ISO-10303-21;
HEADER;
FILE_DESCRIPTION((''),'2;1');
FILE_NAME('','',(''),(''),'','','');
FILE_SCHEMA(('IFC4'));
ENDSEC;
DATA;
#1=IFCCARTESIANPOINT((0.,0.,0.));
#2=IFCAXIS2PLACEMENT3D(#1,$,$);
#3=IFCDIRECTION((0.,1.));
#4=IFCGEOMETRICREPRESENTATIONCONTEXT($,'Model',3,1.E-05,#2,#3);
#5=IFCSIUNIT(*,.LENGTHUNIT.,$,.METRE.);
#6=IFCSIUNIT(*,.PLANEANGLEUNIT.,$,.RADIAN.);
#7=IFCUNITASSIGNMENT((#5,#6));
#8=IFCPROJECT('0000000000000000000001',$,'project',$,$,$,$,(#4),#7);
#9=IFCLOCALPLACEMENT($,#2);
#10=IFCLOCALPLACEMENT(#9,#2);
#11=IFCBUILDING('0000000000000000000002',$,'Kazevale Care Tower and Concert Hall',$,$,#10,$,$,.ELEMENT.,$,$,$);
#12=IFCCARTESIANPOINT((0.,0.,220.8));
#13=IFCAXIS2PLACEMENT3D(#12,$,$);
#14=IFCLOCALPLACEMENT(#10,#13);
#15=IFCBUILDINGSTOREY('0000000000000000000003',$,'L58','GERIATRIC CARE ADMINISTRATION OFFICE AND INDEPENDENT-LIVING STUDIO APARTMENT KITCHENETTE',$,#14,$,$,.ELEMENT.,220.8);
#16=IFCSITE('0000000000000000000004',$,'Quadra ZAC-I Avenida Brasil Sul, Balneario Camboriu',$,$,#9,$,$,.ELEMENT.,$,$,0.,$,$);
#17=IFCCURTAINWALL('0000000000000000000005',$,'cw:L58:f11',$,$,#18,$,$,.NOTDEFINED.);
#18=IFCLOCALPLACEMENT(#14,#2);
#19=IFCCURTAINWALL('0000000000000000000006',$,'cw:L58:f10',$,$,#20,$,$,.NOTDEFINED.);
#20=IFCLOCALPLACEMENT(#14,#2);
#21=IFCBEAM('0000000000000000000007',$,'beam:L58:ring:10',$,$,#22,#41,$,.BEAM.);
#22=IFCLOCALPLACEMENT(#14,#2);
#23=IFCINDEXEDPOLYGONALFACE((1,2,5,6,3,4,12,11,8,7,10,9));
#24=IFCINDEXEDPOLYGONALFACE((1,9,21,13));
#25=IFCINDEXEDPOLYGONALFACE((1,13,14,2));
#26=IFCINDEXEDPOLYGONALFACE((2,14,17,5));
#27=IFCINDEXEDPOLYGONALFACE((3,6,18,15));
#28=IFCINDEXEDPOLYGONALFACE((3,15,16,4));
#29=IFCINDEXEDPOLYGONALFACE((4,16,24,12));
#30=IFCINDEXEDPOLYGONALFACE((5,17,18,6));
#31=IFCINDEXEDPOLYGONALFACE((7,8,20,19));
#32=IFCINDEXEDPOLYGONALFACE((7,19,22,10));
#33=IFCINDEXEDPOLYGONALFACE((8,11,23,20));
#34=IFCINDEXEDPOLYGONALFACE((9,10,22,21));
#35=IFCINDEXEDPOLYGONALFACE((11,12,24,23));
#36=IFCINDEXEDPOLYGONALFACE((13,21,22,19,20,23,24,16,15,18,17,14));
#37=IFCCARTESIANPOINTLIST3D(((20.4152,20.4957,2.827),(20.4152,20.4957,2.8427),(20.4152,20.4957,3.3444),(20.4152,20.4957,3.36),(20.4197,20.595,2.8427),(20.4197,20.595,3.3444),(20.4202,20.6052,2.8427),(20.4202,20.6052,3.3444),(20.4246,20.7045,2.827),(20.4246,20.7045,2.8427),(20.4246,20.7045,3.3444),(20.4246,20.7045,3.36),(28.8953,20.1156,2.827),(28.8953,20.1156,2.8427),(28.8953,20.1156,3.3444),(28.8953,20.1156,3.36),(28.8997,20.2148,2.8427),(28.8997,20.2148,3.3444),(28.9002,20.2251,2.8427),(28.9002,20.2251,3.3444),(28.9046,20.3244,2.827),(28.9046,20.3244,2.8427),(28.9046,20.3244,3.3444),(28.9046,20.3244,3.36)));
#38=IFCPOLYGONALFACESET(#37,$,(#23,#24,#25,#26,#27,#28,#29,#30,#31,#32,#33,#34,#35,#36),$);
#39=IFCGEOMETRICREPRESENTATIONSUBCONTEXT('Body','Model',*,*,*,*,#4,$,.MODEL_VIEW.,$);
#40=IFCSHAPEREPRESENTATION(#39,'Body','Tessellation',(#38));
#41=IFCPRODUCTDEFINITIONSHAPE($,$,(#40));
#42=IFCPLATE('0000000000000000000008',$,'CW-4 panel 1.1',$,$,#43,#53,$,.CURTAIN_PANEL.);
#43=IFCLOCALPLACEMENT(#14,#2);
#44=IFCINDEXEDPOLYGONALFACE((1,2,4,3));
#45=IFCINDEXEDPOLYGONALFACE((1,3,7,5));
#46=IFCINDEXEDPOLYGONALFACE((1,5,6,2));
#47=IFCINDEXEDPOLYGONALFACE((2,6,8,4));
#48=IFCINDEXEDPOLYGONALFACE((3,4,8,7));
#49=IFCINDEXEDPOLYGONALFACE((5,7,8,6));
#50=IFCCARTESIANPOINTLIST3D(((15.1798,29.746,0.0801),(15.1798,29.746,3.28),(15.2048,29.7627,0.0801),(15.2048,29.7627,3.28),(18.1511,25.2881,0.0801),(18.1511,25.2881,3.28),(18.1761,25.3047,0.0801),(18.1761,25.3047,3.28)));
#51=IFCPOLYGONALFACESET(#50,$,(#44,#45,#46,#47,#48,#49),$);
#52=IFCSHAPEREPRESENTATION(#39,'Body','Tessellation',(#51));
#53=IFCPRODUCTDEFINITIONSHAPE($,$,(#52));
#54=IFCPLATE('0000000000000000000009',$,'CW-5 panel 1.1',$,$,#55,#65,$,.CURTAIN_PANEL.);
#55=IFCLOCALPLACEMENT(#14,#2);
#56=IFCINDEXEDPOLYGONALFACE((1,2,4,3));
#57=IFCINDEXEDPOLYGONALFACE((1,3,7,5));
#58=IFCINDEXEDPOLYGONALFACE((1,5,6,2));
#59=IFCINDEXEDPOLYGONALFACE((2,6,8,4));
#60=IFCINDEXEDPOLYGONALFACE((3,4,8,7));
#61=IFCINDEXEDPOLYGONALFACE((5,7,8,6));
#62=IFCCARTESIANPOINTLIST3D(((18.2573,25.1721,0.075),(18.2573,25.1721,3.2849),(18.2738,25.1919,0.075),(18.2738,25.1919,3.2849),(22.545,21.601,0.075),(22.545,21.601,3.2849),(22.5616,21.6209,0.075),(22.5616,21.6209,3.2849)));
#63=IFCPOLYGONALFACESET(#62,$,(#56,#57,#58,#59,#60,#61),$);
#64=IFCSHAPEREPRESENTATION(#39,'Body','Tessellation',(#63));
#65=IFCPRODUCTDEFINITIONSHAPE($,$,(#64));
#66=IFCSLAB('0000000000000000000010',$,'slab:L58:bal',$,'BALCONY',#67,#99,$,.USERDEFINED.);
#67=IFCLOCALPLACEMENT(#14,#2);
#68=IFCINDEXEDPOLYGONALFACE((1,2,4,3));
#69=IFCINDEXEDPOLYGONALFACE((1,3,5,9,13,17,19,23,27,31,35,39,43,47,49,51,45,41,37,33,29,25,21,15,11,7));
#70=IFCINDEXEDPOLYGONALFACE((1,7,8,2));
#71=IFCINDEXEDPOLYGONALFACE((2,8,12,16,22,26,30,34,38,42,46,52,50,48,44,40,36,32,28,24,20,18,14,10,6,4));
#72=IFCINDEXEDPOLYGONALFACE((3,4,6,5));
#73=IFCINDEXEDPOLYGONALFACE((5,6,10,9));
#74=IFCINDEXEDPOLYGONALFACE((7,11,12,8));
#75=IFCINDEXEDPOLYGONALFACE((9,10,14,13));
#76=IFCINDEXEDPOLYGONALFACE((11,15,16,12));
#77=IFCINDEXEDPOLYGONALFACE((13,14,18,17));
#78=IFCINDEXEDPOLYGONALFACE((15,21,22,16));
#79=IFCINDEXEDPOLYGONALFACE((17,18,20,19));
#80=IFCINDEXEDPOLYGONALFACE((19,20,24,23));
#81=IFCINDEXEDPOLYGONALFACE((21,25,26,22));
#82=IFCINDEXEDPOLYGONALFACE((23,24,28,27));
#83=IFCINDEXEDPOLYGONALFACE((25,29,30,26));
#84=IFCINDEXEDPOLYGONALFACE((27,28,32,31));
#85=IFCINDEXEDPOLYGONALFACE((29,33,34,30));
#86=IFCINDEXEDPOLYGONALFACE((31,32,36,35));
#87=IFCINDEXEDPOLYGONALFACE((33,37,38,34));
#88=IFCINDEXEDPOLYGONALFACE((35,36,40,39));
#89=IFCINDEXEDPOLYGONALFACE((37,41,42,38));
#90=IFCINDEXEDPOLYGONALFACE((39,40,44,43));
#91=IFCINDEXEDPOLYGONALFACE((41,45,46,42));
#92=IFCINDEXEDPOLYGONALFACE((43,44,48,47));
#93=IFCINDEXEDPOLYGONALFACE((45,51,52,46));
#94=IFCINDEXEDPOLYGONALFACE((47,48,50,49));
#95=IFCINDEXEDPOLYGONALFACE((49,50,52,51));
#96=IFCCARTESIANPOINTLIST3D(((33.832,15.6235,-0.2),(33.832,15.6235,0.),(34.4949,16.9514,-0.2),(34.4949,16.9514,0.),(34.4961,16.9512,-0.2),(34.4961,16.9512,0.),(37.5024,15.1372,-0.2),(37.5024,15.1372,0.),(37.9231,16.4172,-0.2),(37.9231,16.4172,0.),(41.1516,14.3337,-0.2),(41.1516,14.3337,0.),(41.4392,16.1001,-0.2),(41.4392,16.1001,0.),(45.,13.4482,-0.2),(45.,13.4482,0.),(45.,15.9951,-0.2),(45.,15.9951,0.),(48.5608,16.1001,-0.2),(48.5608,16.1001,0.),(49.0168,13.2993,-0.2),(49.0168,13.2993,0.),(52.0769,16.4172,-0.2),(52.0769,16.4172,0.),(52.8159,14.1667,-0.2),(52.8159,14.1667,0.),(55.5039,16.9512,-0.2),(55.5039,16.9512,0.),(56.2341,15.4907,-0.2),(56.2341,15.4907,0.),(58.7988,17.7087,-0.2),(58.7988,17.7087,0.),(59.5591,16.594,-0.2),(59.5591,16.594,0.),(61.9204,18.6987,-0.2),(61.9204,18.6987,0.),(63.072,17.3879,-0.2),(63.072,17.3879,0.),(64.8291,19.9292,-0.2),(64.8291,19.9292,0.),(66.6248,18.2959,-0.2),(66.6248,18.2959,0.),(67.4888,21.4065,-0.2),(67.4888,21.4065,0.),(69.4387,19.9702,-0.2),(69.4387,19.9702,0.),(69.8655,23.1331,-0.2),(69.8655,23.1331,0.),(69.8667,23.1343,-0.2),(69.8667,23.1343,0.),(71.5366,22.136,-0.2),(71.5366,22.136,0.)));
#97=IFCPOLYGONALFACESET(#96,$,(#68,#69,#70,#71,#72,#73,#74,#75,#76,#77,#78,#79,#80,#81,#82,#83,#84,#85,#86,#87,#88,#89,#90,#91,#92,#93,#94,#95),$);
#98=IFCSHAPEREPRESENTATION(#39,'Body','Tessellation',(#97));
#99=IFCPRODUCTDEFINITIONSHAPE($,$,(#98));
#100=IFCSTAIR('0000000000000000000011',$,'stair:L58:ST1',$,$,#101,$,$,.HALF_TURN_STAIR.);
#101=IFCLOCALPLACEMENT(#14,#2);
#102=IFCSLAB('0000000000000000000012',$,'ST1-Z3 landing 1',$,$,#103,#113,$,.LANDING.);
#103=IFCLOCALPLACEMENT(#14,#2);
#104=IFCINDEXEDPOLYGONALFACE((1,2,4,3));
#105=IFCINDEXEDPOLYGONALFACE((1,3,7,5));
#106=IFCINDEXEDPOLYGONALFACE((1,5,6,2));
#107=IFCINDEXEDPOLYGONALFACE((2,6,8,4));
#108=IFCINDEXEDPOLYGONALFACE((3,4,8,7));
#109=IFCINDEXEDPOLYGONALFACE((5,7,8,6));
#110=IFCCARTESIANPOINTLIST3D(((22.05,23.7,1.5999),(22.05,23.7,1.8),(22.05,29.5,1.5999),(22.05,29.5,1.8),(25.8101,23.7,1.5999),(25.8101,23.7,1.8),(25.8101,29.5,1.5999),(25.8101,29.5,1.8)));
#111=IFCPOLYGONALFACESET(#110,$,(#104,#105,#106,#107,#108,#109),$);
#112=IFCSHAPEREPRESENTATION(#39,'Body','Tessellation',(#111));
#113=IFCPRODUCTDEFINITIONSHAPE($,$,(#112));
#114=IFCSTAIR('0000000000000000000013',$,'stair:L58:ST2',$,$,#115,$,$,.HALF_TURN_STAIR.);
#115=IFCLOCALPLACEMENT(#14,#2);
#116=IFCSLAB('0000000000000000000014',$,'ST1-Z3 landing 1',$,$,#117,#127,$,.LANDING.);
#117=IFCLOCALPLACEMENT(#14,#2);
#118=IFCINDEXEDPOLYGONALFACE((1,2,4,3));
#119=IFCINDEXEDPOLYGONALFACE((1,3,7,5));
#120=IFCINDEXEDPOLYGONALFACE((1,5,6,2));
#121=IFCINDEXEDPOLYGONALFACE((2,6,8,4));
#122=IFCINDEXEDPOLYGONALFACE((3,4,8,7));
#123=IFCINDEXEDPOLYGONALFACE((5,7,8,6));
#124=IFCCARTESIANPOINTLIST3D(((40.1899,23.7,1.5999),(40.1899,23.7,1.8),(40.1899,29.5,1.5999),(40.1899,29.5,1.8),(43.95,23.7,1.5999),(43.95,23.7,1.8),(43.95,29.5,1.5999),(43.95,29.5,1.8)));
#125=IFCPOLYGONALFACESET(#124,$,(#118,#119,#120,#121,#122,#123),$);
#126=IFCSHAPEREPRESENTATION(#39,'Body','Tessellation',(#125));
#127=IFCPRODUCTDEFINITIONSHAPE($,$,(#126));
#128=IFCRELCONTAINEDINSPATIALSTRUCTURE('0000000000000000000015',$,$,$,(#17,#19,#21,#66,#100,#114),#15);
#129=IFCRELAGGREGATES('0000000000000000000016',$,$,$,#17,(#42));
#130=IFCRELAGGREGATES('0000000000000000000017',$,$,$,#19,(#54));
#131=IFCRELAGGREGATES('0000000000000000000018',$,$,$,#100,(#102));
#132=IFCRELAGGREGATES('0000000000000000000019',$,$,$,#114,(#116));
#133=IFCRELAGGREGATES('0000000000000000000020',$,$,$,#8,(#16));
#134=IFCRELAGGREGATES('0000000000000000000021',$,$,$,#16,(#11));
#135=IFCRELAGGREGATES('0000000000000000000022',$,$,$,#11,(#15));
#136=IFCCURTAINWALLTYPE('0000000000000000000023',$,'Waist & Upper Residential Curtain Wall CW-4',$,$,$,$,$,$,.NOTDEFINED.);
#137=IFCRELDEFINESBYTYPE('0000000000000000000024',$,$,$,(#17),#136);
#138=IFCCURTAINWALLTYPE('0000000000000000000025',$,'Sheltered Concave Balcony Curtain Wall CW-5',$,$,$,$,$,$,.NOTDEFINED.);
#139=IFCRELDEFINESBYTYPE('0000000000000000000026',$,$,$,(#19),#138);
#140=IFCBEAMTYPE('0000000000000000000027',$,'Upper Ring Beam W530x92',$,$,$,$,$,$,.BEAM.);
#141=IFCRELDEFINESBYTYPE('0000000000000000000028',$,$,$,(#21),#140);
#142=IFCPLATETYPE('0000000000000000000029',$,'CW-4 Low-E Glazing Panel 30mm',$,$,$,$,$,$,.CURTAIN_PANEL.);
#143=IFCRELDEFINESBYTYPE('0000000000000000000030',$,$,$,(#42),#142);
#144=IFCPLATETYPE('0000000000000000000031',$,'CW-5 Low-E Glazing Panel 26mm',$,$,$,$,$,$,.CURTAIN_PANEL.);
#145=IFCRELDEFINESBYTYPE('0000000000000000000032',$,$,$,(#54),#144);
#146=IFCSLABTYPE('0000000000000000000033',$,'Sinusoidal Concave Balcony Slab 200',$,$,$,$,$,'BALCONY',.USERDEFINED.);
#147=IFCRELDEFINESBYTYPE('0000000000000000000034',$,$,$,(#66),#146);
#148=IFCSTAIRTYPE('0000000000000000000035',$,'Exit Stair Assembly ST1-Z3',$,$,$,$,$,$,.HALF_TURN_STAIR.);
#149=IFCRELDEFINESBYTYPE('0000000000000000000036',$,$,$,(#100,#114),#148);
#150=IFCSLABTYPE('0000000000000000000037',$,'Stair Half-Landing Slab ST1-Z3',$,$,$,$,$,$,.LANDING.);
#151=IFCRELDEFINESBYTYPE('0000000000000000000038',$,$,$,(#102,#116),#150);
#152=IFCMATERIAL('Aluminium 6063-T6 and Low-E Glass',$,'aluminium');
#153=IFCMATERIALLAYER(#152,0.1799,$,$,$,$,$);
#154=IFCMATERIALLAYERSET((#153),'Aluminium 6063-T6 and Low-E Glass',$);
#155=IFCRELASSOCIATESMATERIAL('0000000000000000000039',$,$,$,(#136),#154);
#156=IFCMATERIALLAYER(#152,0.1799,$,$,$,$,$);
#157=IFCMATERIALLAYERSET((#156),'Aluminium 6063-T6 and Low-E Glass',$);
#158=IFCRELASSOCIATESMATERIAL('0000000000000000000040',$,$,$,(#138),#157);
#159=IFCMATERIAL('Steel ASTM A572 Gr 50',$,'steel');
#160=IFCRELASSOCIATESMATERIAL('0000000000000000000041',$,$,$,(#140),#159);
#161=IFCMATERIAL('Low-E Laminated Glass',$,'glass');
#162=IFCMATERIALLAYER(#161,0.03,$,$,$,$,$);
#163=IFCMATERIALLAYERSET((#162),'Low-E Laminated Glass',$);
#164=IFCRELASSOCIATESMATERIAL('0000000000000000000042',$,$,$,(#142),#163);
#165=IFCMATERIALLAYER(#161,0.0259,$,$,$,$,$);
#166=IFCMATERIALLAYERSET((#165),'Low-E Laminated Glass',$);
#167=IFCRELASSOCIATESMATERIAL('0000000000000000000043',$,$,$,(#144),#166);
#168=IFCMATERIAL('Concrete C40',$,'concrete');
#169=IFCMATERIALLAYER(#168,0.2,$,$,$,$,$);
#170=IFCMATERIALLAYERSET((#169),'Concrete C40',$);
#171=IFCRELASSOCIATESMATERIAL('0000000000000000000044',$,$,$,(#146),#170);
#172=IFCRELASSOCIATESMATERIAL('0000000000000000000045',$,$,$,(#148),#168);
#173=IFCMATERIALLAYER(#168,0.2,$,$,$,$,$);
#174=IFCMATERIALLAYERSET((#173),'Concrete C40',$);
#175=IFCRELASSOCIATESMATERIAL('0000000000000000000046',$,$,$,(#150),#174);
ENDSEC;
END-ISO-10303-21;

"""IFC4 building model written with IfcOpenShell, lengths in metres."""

from ifc_helpers import new_model, si_unit, direction, frame, origin, origin_2d, place, context, subcontext, project, spatial, polyline, rectangle, i_section, outline, extrude, material, layer, layer_set, material_profile, profile_set, type_object, element, aggregate, save


model = new_model("IFC4")

# Units and contexts
model_context = context("Model", 3, precision=1e-05, world=origin(), true_north=direction((0.0, 1.0)))
body_context = subcontext(model_context, "Body", "Model", "MODEL_VIEW")
ifc_project = project(units=[si_unit("LENGTHUNIT", "METRE"), si_unit("PLANEANGLEUNIT", "RADIAN")], contexts=[model_context])

# Site, building, storey
site_placement = place(None, origin())
site = spatial("IfcSite", under=ifc_project, at=site_placement, Name="Quadra ZAC-I Avenida Brasil Sul, Balneario Camboriu", CompositionType="ELEMENT", RefElevation=0.0)
building_placement = place(site_placement, origin())
building = spatial("IfcBuilding", under=site, at=building_placement, Name="Kazevale Care Tower and Concert Hall", CompositionType="ELEMENT")
storey_placement = place(building_placement, frame((0.0, 0.0, 220.8)))
storey = spatial("IfcBuildingStorey", under=building, at=storey_placement, Name="L58", Description="GERIATRIC CARE ADMINISTRATION OFFICE AND INDEPENDENT-LIVING STUDIO APARTMENT KITCHENETTE", CompositionType="ELEMENT", Elevation=220.8)

# Curtain wall
ifc_material_1 = material(Name="Aluminium 6063-T6 and Low-E Glass", Category="aluminium")
ifc_layer_1 = layer(ifc_material_1, 0.1799)
ifc_layer_set_1 = layer_set([ifc_layer_1], Name="Aluminium 6063-T6 and Low-E Glass")
curtain_wall_type_1 = type_object("IfcCurtainWallType", Name="Waist & Upper Residential Curtain Wall CW-4", PredefinedType="NOTDEFINED", material=ifc_layer_set_1)
curtain_wall_1_placement = place(storey_placement, origin())
curtain_wall_1 = element("IfcCurtainWall", 1, at=curtain_wall_1_placement, inside=storey, type_object=curtain_wall_type_1, Name="cw:L58:f11", PredefinedType="NOTDEFINED")

# Shared definitions
ifc_layer_2 = layer(ifc_material_1, 0.1799)
ifc_layer_set_2 = layer_set([ifc_layer_2], Name="Aluminium 6063-T6 and Low-E Glass")
curtain_wall_type_2 = type_object("IfcCurtainWallType", Name="Sheltered Concave Balcony Curtain Wall CW-5", PredefinedType="NOTDEFINED", material=ifc_layer_set_2)

# Curtain wall
curtain_wall_2_placement = place(storey_placement, origin())
curtain_wall_2 = element("IfcCurtainWall", 2, at=curtain_wall_2_placement, inside=storey, type_object=curtain_wall_type_2, Name="cw:L58:f10", PredefinedType="NOTDEFINED")

# Beam
ifc_material_2 = material(Name="Steel ASTM A572 Gr 50", Category="steel")
ifc_material_profile_1 = material_profile(ifc_material_2, i_section(OverallWidth=0.209, OverallDepth=0.533, WebThickness=0.0103, FlangeThickness=0.0156, at=origin_2d()), Name="W530x92")
ifc_profile_set_1 = profile_set([ifc_material_profile_1], Name="Steel ASTM A572 Gr 50")
beam_type_1 = type_object("IfcBeamType", Name="Upper Ring Beam W530x92", PredefinedType="BEAM", material=ifc_profile_set_1)
beam_1_placement = place(storey_placement, frame((20.4199, 20.6001, 3.0935), z_axis=(0.998997, -0.044781, 0.0), x_axis=(0.044781, 0.998997, 0.0)))
element("IfcBeam", 3, at=beam_1_placement, inside=storey, type_object=beam_type_1, Name="beam:L58:ring:10", PredefinedType="BEAM", context=body_context, shape_type="SweptSolid", body=[
    extrude(i_section(OverallWidth=0.209, OverallDepth=0.533, WebThickness=0.0103, FlangeThickness=0.0156, at=origin_2d()), origin(), (0.0, 0.0, 1.0), 8.4885),
])

# Plates
ifc_material_3 = material(Name="Low-E Laminated Glass", Category="glass")
ifc_layer_3 = layer(ifc_material_3, 0.03)
ifc_layer_set_3 = layer_set([ifc_layer_3], Name="Low-E Laminated Glass")
plate_type_1 = type_object("IfcPlateType", Name="CW-4 Low-E Glazing Panel 30mm", PredefinedType="CURTAIN_PANEL", material=ifc_layer_set_3)
plate_1_placement = place(storey_placement, frame((16.678, 27.5254, 0.0801), z_axis=(0.0, 0.0, 1.0), x_axis=(-0.554617, 0.832106, 0.0)))
plate_1 = element("IfcPlate", 4, at=plate_1_placement, type_object=plate_type_1, Name="CW-4 panel 1.1", PredefinedType="CURTAIN_PANEL", context=body_context, shape_type="SweptSolid", body=[
    extrude(rectangle(XDim=5.3574, YDim=0.03, at=origin_2d()), origin(), (0.0, 0.0, 1.0), 3.2),
])
aggregate(curtain_wall_1, [plate_1])
ifc_layer_4 = layer(ifc_material_3, 0.0259)
ifc_layer_set_4 = layer_set([ifc_layer_4], Name="Low-E Laminated Glass")
plate_type_2 = type_object("IfcPlateType", Name="CW-5 Low-E Glazing Panel 26mm", PredefinedType="CURTAIN_PANEL", material=ifc_layer_set_4)
plate_2_placement = place(storey_placement, frame((20.4094, 23.3965, 0.075), z_axis=(0.0, 0.0, 1.0), x_axis=(-0.768407, 0.639961, 0.0)))
plate_2 = element("IfcPlate", 5, at=plate_2_placement, type_object=plate_type_2, Name="CW-5 panel 1.1", PredefinedType="CURTAIN_PANEL", context=body_context, shape_type="SweptSolid", body=[
    extrude(rectangle(XDim=5.5801, YDim=0.0259, at=origin_2d()), origin(), (0.0, 0.0, 1.0), 3.21),
])
aggregate(curtain_wall_2, [plate_2])

# Slab
ifc_material_4 = material(Name="Concrete C40", Category="concrete")
ifc_layer_5 = layer(ifc_material_4, 0.2)
ifc_layer_set_5 = layer_set([ifc_layer_5], Name="Concrete C40")
slab_type_1 = type_object("IfcSlabType", Name="Sinusoidal Concave Balcony Slab 200", ElementType="BALCONY", PredefinedType="USERDEFINED", material=ifc_layer_set_5)
slab_1_placement = place(storey_placement, frame((0.0, 0.0, -0.2)))
element("IfcSlab", 6, at=slab_1_placement, inside=storey, type_object=slab_type_1, Name="slab:L58:bal", ObjectType="BALCONY", PredefinedType="USERDEFINED", context=body_context, shape_type="SweptSolid", body=[
    extrude(outline(polyline([(71.5366, 22.136), (69.4387, 19.9702), (66.6248, 18.2959), (63.072, 17.3879), (59.5591, 16.594), (56.2341, 15.4907), (52.8159, 14.1667), (49.0168, 13.2993), (45.0, 13.4482), (41.1516, 14.3337), (37.5024, 15.1372), (33.832, 15.6235), (34.4949, 16.9514), (34.4961, 16.9512), (37.9231, 16.4172), (41.4392, 16.1001), (45.0, 15.9951), (48.5608, 16.1001), (52.0769, 16.4172), (55.5039, 16.9512), (58.7988, 17.7087), (61.9204, 18.6987), (64.8291, 19.9292), (67.4888, 21.4065), (69.8655, 23.1331), (69.8667, 23.1343), (71.5366, 22.136)])), origin(), (0.0, 0.0, 1.0), 0.2),
])

# Stairs, slabs
stair_type = type_object("IfcStairType", Name="Exit Stair Assembly ST1-Z3", PredefinedType="HALF_TURN_STAIR", material=ifc_material_4)
stair_1_placement = place(storey_placement, origin())
stair_1 = element("IfcStair", 7, at=stair_1_placement, inside=storey, type_object=stair_type, Name="stair:L58:ST1", PredefinedType="HALF_TURN_STAIR")
ifc_layer_6 = layer(ifc_material_4, 0.2)
ifc_layer_set_6 = layer_set([ifc_layer_6], Name="Concrete C40")
slab_type_2 = type_object("IfcSlabType", Name="Stair Half-Landing Slab ST1-Z3", PredefinedType="LANDING", material=ifc_layer_set_6)
slab_2_placement = place(storey_placement, frame((0.0, 0.0, 1.5999)))
slab_2 = element("IfcSlab", 8, at=slab_2_placement, type_object=slab_type_2, Name="ST1-Z3 landing 1", PredefinedType="LANDING", context=body_context, shape_type="SweptSolid", body=[
    extrude(outline(polyline([(22.05, 23.7), (25.8101, 23.7), (25.8101, 29.5), (22.05, 29.5), (22.05, 23.7)])), origin(), (0.0, 0.0, 1.0), 0.2002),
])
aggregate(stair_1, [slab_2])
stair_2_placement = place(storey_placement, origin())
stair_2 = element("IfcStair", 9, at=stair_2_placement, inside=storey, type_object=stair_type, Name="stair:L58:ST2", PredefinedType="HALF_TURN_STAIR")
slab_3_placement = place(storey_placement, frame((0.0, 0.0, 1.5999)))
slab_3 = element("IfcSlab", 10, at=slab_3_placement, type_object=slab_type_2, Name="ST1-Z3 landing 1", PredefinedType="LANDING", context=body_context, shape_type="SweptSolid", body=[
    extrude(outline(polyline([(40.1899, 23.7), (43.95, 23.7), (43.95, 29.5), (40.1899, 29.5), (40.1899, 23.7)])), origin(), (0.0, 0.0, 1.0), 0.2002),
])
aggregate(stair_2, [slab_3])

save(model, "model.ifc")
